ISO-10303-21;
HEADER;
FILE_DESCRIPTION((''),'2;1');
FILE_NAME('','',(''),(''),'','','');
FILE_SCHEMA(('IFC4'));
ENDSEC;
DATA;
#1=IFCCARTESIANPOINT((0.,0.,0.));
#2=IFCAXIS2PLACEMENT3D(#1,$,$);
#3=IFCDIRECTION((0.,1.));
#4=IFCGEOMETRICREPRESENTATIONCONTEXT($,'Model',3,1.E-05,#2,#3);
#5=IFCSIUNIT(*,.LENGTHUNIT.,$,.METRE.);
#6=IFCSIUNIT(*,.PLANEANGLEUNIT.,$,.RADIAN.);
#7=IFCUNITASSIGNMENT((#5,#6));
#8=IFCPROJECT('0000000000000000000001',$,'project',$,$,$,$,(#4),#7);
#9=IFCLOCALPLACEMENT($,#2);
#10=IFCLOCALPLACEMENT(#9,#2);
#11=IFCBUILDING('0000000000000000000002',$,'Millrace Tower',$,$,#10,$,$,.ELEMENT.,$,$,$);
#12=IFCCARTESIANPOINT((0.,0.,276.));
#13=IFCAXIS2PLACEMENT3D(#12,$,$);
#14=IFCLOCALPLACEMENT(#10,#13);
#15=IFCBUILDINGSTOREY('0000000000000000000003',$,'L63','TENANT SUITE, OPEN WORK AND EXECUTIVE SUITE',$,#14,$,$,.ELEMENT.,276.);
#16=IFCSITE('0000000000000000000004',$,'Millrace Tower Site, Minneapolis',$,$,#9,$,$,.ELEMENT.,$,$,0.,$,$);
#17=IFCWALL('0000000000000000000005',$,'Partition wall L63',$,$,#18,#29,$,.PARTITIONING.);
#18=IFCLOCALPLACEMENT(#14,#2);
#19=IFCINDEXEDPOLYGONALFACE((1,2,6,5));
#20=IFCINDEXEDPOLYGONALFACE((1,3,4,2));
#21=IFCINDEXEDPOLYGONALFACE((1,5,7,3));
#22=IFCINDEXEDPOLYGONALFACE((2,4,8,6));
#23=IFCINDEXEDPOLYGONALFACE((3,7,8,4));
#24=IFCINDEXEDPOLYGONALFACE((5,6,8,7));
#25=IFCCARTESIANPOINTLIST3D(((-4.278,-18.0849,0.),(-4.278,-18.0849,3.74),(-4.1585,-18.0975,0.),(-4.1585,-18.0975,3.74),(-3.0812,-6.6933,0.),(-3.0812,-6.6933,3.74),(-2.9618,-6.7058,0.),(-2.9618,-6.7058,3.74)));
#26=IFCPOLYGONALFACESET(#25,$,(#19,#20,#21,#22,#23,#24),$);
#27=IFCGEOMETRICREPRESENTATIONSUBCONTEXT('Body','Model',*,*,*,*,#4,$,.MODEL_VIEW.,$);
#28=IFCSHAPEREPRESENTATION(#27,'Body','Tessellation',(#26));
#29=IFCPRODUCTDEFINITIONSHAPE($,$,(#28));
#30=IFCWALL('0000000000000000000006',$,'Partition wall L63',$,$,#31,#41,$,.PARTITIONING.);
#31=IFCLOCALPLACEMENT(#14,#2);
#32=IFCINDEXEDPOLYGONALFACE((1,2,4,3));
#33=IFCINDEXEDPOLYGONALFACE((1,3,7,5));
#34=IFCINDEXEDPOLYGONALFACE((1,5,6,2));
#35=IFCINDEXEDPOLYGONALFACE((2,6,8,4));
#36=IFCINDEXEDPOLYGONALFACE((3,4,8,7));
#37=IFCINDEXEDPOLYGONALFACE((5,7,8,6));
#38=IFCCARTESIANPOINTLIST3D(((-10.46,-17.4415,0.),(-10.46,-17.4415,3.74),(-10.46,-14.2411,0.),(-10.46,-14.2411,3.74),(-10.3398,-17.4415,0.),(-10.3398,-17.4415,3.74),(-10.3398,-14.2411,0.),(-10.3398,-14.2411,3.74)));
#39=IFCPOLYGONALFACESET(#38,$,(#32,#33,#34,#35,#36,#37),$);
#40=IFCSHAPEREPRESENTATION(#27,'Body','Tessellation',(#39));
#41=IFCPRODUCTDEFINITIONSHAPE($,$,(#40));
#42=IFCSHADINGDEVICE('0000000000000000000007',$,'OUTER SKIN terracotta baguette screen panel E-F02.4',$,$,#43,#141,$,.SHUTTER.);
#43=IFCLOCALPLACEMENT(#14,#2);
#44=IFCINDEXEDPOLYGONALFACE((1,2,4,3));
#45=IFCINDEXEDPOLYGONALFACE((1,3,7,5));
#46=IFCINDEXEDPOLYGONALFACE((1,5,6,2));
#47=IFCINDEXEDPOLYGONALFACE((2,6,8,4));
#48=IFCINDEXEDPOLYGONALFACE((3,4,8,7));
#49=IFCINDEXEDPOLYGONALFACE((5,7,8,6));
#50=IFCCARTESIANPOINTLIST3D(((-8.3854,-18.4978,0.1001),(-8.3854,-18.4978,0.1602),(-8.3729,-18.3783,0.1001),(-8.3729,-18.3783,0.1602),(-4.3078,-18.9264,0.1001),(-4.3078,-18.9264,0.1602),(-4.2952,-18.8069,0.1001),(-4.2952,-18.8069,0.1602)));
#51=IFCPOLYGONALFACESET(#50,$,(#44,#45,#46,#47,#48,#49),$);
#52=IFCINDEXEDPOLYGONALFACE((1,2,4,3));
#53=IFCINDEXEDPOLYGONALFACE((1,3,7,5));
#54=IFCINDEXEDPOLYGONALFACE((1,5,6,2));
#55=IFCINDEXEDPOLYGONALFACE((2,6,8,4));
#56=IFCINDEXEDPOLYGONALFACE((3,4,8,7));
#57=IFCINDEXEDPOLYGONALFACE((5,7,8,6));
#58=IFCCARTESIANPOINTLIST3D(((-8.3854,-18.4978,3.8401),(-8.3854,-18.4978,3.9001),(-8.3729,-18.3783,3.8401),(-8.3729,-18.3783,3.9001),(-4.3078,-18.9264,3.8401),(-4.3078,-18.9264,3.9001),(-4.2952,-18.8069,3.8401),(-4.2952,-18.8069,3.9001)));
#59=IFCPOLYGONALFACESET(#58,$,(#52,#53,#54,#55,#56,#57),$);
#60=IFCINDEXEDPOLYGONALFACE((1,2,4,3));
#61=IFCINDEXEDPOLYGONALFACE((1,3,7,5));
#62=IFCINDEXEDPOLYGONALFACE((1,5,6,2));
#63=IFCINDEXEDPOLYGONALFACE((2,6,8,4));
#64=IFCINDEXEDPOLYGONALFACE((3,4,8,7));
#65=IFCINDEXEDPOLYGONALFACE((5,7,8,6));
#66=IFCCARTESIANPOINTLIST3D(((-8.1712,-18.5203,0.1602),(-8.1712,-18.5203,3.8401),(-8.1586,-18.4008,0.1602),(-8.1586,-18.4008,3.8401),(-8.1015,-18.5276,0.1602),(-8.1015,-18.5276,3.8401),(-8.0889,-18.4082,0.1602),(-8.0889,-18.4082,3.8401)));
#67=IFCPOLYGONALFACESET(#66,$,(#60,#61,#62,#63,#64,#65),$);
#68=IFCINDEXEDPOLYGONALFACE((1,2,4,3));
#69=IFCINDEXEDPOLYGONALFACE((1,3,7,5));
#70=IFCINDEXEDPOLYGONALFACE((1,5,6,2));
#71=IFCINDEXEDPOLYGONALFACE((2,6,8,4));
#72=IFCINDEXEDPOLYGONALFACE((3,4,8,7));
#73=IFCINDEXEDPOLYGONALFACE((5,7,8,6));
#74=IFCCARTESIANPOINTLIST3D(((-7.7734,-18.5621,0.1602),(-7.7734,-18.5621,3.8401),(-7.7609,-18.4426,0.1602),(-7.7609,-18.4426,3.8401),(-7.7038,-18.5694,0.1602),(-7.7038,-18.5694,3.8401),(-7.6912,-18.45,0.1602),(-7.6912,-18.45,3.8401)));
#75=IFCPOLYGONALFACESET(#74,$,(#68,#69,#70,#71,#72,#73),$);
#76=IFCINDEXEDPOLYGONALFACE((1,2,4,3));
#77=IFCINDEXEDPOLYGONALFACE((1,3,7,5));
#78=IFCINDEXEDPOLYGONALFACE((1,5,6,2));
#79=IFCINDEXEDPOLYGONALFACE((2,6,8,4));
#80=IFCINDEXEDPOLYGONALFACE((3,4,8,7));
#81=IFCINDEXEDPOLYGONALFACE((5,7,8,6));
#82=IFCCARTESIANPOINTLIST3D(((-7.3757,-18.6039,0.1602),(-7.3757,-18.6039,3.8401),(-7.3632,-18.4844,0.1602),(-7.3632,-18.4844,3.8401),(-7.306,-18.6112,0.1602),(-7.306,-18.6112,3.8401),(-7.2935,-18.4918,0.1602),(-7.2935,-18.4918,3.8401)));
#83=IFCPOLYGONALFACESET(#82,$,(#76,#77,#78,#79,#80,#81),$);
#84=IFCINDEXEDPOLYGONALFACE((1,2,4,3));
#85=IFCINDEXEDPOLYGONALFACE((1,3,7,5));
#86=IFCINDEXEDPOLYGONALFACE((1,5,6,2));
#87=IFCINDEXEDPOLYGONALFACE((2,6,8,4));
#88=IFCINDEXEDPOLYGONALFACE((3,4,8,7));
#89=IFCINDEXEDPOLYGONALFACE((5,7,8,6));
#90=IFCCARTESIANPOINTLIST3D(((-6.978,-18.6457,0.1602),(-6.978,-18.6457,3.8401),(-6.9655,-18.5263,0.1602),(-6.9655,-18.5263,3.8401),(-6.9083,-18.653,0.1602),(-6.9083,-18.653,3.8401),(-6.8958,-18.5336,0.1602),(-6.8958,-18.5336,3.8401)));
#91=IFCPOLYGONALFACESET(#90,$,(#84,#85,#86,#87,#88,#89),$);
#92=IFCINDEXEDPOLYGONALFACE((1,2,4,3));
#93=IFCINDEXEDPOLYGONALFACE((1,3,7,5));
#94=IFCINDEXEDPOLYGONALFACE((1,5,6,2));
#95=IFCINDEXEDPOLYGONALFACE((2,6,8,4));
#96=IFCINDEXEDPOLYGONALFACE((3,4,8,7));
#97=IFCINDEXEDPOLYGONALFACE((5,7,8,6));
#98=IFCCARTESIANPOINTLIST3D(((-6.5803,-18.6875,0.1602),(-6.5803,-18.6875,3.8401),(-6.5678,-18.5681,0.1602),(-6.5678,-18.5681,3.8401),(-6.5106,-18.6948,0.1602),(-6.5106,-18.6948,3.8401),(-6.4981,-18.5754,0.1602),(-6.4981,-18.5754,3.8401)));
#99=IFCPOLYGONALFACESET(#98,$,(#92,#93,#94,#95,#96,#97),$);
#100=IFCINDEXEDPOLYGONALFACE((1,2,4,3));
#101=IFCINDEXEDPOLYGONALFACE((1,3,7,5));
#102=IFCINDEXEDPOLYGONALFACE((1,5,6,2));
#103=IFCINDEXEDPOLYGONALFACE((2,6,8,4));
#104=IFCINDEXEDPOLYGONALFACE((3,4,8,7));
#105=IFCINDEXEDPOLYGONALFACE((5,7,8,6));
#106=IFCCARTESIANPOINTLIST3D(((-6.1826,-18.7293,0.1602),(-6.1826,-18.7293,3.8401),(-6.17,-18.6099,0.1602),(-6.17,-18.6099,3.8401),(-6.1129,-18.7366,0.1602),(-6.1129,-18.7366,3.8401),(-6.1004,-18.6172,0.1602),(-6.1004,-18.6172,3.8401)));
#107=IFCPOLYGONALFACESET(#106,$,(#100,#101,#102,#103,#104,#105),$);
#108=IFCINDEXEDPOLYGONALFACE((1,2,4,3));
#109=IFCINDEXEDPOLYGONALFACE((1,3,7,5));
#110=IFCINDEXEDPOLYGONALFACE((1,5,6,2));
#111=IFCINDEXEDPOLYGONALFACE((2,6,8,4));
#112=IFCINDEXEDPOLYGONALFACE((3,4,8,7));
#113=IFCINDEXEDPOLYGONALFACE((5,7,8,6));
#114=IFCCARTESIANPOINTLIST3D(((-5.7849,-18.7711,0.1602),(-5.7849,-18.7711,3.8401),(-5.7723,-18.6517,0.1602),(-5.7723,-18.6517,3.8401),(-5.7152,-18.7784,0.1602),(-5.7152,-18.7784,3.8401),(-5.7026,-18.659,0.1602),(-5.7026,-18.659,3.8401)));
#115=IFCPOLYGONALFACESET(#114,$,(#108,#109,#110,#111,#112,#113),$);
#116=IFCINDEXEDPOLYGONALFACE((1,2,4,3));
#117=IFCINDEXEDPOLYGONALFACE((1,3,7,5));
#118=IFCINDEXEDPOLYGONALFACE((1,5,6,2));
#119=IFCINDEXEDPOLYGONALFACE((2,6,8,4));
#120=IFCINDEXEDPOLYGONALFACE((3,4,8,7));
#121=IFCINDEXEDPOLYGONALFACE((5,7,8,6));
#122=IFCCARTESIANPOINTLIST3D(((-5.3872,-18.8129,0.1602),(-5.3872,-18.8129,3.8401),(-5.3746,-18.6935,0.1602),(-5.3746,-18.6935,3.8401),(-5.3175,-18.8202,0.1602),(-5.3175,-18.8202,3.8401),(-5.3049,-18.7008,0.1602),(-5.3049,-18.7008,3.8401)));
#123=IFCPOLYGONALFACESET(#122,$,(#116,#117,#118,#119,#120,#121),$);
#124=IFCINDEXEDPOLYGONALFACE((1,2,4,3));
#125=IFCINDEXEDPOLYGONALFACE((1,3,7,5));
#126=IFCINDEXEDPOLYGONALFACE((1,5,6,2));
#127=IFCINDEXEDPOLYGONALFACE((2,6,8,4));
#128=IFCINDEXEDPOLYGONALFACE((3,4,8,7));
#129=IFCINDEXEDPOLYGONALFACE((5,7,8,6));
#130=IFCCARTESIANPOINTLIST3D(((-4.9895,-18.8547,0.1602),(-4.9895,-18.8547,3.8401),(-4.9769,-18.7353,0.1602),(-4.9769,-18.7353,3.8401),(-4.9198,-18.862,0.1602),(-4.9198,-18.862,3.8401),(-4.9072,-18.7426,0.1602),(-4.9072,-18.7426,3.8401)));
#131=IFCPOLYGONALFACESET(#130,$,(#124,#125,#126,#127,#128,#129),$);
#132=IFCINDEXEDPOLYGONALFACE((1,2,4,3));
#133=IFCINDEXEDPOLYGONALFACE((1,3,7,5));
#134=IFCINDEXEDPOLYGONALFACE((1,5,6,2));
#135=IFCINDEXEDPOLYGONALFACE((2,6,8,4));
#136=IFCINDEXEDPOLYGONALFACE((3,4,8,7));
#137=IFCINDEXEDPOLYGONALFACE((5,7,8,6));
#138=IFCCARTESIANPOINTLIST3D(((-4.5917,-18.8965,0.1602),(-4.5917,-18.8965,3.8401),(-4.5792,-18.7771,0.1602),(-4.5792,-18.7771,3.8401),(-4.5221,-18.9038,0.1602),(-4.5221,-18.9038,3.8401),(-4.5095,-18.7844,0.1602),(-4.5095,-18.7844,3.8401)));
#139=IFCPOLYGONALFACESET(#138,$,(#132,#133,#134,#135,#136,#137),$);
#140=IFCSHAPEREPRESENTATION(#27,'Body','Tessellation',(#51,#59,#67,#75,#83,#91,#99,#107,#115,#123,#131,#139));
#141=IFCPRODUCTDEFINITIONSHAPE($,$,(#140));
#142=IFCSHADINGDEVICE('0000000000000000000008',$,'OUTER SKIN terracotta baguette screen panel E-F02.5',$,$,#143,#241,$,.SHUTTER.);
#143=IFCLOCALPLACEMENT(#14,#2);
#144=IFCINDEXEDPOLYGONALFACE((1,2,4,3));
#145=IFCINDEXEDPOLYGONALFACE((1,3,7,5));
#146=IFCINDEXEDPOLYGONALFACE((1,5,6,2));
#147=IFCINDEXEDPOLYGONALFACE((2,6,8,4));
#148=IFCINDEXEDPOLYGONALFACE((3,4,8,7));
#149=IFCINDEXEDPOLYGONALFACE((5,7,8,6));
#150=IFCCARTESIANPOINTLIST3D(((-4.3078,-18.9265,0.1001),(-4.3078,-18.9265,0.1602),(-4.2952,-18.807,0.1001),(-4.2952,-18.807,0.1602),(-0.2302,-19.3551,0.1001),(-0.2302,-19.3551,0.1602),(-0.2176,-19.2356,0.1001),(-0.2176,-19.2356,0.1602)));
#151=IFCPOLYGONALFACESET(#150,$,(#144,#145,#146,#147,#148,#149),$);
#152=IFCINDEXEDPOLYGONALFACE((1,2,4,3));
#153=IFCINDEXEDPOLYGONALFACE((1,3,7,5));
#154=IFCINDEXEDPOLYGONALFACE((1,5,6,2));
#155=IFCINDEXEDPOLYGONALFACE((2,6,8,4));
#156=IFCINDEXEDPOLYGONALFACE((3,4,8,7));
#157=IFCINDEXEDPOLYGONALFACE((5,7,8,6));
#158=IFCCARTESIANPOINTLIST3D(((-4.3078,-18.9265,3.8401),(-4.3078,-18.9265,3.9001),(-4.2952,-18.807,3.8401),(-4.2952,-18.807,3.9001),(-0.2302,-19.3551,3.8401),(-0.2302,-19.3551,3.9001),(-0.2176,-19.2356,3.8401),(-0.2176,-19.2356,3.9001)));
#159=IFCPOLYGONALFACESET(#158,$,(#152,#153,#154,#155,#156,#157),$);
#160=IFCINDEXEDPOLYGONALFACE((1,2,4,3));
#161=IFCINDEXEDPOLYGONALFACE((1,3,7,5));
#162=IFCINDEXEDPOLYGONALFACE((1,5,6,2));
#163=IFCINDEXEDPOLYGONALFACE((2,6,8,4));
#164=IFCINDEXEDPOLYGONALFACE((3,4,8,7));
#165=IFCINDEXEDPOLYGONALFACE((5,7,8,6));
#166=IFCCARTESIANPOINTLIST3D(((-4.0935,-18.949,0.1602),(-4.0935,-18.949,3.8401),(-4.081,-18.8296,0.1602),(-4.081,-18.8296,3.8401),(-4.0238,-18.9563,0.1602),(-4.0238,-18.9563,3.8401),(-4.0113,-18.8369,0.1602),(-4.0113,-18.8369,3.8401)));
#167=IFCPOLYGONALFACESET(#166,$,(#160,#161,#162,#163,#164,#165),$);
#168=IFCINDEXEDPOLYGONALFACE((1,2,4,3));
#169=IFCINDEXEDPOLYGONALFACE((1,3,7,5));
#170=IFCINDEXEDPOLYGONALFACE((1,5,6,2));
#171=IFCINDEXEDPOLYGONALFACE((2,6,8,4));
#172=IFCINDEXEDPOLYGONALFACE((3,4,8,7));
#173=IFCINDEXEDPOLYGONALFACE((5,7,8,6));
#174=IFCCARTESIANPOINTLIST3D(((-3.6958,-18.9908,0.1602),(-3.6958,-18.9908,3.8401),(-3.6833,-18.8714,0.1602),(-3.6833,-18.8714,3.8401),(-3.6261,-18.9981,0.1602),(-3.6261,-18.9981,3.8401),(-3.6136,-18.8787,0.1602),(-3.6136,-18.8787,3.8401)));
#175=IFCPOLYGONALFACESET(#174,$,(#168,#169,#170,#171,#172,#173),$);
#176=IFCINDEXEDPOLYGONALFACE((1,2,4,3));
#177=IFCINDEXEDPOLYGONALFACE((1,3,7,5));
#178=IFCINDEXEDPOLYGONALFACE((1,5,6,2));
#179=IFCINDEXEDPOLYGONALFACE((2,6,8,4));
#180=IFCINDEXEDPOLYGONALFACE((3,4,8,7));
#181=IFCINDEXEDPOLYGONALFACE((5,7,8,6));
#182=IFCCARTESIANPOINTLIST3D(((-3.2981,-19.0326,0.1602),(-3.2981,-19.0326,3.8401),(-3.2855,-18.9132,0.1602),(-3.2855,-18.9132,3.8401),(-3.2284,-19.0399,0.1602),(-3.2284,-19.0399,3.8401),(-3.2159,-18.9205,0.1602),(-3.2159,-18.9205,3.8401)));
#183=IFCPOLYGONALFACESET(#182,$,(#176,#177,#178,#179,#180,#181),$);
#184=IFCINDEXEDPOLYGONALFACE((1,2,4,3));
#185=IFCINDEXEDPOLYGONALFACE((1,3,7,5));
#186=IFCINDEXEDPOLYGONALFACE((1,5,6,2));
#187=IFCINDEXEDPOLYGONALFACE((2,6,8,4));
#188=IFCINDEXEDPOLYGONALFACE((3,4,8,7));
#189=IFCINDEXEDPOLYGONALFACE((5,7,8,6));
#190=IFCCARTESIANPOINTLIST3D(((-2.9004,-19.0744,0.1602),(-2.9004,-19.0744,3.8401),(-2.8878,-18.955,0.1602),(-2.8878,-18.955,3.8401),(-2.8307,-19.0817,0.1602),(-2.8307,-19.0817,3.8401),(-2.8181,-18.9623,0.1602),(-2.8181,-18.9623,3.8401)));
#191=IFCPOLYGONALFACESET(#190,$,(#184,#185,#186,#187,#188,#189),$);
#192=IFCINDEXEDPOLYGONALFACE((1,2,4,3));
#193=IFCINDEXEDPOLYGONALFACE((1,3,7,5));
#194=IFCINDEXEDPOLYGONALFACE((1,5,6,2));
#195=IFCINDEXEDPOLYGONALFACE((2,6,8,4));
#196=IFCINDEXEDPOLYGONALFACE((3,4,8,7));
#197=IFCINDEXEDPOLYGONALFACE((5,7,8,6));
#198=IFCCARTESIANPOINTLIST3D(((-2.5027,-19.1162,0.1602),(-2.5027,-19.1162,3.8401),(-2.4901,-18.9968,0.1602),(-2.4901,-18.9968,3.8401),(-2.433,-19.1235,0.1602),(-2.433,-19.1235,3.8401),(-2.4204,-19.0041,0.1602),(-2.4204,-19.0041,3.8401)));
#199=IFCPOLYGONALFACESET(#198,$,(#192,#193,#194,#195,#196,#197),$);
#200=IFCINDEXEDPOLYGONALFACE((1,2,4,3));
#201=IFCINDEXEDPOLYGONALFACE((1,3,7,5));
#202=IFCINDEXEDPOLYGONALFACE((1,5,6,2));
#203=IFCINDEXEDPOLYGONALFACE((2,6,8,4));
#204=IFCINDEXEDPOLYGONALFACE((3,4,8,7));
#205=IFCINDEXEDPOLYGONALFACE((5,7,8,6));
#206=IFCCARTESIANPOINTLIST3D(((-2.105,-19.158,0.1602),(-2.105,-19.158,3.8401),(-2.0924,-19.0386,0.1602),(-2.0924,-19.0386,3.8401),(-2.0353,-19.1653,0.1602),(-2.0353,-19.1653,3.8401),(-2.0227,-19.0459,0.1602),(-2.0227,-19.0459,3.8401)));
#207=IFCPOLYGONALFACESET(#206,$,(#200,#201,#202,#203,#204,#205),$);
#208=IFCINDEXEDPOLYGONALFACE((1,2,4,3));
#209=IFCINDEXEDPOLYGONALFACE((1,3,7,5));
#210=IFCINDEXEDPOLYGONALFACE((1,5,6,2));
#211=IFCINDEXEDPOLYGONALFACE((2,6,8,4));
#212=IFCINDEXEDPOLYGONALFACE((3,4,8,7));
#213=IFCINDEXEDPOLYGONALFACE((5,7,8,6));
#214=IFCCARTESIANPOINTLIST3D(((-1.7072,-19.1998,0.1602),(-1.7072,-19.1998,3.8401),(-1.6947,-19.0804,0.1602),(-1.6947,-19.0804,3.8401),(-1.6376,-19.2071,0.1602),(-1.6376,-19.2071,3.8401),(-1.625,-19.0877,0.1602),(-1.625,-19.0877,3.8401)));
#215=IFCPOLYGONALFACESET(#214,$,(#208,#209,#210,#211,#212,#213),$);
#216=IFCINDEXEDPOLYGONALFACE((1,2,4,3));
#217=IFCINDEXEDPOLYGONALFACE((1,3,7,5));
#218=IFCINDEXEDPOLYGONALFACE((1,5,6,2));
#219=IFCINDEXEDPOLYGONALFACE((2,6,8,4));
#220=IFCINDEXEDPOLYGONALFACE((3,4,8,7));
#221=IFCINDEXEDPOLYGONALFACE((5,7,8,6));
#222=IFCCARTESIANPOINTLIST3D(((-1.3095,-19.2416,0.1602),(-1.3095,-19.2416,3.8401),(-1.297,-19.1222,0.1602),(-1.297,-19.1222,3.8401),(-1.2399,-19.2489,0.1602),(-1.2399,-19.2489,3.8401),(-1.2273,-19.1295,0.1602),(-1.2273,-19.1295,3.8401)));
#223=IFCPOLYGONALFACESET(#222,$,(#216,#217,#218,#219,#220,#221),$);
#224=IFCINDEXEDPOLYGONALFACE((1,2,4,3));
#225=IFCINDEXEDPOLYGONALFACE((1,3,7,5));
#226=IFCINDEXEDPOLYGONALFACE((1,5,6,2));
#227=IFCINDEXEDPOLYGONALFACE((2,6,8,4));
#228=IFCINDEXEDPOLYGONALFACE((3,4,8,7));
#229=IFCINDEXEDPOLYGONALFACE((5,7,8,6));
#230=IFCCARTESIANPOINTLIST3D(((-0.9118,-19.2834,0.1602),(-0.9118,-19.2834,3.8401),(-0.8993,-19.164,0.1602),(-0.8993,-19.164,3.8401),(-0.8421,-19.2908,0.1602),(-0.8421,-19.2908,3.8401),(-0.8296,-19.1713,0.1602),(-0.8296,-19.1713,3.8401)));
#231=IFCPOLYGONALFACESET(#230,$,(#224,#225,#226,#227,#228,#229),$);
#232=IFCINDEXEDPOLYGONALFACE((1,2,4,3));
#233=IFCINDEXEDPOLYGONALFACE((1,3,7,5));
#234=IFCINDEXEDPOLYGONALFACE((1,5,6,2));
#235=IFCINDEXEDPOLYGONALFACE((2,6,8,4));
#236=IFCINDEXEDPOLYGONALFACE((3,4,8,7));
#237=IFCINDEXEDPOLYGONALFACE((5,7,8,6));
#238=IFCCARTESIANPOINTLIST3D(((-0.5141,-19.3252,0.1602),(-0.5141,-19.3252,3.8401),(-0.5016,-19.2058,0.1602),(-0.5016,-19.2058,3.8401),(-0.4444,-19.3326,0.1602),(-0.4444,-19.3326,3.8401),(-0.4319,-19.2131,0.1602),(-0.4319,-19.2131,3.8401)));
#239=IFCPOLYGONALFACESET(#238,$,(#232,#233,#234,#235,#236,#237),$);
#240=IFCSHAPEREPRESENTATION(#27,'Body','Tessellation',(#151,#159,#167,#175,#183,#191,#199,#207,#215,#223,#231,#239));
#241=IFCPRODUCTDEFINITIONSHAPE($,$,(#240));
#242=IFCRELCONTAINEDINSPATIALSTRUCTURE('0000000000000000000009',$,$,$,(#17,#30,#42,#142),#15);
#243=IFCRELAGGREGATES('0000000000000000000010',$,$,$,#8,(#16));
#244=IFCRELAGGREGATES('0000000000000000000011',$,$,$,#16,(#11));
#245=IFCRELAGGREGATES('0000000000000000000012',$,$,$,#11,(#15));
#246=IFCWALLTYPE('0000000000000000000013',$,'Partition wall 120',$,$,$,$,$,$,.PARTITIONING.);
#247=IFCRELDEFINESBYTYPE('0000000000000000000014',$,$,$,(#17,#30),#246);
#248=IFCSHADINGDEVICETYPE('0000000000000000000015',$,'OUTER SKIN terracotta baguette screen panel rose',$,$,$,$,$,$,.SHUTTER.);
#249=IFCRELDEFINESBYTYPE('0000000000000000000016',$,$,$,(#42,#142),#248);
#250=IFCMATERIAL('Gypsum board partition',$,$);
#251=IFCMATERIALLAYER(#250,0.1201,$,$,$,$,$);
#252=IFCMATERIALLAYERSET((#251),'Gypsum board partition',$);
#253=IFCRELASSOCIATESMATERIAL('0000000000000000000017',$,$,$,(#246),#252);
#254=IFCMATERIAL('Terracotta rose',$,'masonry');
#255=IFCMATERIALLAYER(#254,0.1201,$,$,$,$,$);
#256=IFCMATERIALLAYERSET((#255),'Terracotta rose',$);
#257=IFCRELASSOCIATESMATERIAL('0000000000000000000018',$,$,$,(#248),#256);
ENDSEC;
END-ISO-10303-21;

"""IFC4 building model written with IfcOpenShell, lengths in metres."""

from ifc_helpers import new_model, entity, si_unit, direction, frame, frame_2d, origin, place, context, subcontext, project, spatial, rectangle, extrude, source, transform, mapped, material, layer, layer_set, type_object, element, save


model = new_model("IFC4")

# Units and contexts
model_context = context("Model", 3, precision=1e-05, world=origin(), true_north=direction((0.0, 1.0)))
body_context = subcontext(model_context, "Body", "Model", "MODEL_VIEW")
ifc_project = project(units=[si_unit("LENGTHUNIT", "METRE"), si_unit("PLANEANGLEUNIT", "RADIAN")], contexts=[model_context])

# Site, building, storey
site_placement = place(None, origin())
site = spatial("IfcSite", under=ifc_project, at=site_placement, Name="Millrace Tower Site, Minneapolis", CompositionType="ELEMENT", RefElevation=0.0)
building_placement = place(site_placement, origin())
building = spatial("IfcBuilding", under=site, at=building_placement, Name="Millrace Tower", CompositionType="ELEMENT")
storey_placement = place(building_placement, frame((0.0, 0.0, 276.0)))
storey = spatial("IfcBuildingStorey", under=building, at=storey_placement, Name="L63", Description="TENANT SUITE, OPEN WORK AND EXECUTIVE SUITE", CompositionType="ELEMENT", Elevation=276.0)

# Walls
ifc_material_1 = material(Name="Gypsum board partition")
ifc_layer_1 = layer(ifc_material_1, 0.1201)
ifc_layer_set_1 = layer_set([ifc_layer_1], Name="Gypsum board partition")
wall_type_1 = type_object("IfcWallType", Name="Partition wall 120", PredefinedType="PARTITIONING", material=ifc_layer_set_1)
wall_1_placement = place(storey_placement, frame((-4.2183, -18.0911, 0.0), z_axis=(0.0, 0.0, 1.0), x_axis=(0.104483, 0.994527, 0.0)))
element("IfcWall", 1, at=wall_1_placement, inside=storey, type_object=wall_type_1, Name="Partition wall L63", PredefinedType="PARTITIONING", context=body_context, shape_type="SweptSolid", body=[
    extrude(rectangle(XDim=11.4543, YDim=0.1201, at=frame_2d((5.7271, 0.0))), origin(), (0.0, 0.0, 1.0), 3.74),
])
wall_2_placement = place(storey_placement, frame((-10.3999, -17.4414, 0.0), z_axis=(0.0, 0.0, 1.0), x_axis=(0.0, 1.0, 0.0)))
element("IfcWall", 2, at=wall_2_placement, inside=storey, type_object=wall_type_1, Name="Partition wall L63", PredefinedType="PARTITIONING", context=body_context, shape_type="SweptSolid", body=[
    extrude(rectangle(XDim=3.2004, YDim=0.1201, at=frame_2d((1.6001, 0.0))), origin(), (0.0, 0.0, 1.0), 3.74),
])

# Shading devices
ifc_material_2 = material(Name="Terracotta rose", Category="masonry")
ifc_layer_2 = layer(ifc_material_2, 0.1201)
ifc_layer_set_2 = layer_set([ifc_layer_2], Name="Terracotta rose")
shading_device_type = type_object("IfcShadingDeviceType", Name="OUTER SKIN terracotta baguette screen panel rose", PredefinedType="SHUTTER", material=ifc_layer_set_2)
cartesian_point = entity("IfcCartesianPoint", [-2.05, 0.0601])
shared_polyline = entity("IfcPolyline", [cartesian_point, entity("IfcCartesianPoint", [2.05, 0.0601]), entity("IfcCartesianPoint", [2.05, -0.0601]), entity("IfcCartesianPoint", [-2.05, -0.0601]), cartesian_point])
shared_shape = source(origin(), body_context, "Body", "SweptSolid", [
    entity("IfcExtrudedAreaSolid", entity("IfcArbitraryClosedProfileDef", "AREA", None, shared_polyline), entity("IfcAxis2Placement3D", entity("IfcCartesianPoint", [0.0, 0.0, 0.0])), entity("IfcDirection", [0.0, 0.0, 1.0]), 0.0601),
    entity("IfcExtrudedAreaSolid", entity("IfcArbitraryClosedProfileDef", "AREA", None, shared_polyline), entity("IfcAxis2Placement3D", entity("IfcCartesianPoint", [0.0, 0.0, 3.74])), entity("IfcDirection", [0.0, 0.0, 1.0]), 0.0601),
    extrude(rectangle(XDim=0.0701, YDim=0.1201, at=frame_2d((-1.7996, 0.0))), frame((0.0, 0.0, 0.0601)), (0.0, 0.0, 1.0), 3.6799),
    extrude(rectangle(XDim=0.0701, YDim=0.1201, at=frame_2d((-1.3997, 0.0))), frame((0.0, 0.0, 0.0601)), (0.0, 0.0, 1.0), 3.6799),
    extrude(rectangle(XDim=0.0701, YDim=0.1201, at=frame_2d((-0.9998, 0.0))), frame((0.0, 0.0, 0.0601)), (0.0, 0.0, 1.0), 3.6799),
    extrude(rectangle(XDim=0.0701, YDim=0.1201, at=frame_2d((-0.5999, 0.0))), frame((0.0, 0.0, 0.0601)), (0.0, 0.0, 1.0), 3.6799),
    extrude(rectangle(XDim=0.0701, YDim=0.1201, at=frame_2d((-0.2, 0.0))), frame((0.0, 0.0, 0.0601)), (0.0, 0.0, 1.0), 3.6799),
    extrude(rectangle(XDim=0.0701, YDim=0.1201, at=frame_2d((0.2, 0.0))), frame((0.0, 0.0, 0.0601)), (0.0, 0.0, 1.0), 3.6799),
    extrude(rectangle(XDim=0.0701, YDim=0.1201, at=frame_2d((0.5999, 0.0))), frame((0.0, 0.0, 0.0601)), (0.0, 0.0, 1.0), 3.6799),
    extrude(rectangle(XDim=0.0701, YDim=0.1201, at=frame_2d((0.9998, 0.0))), frame((0.0, 0.0, 0.0601)), (0.0, 0.0, 1.0), 3.6799),
    extrude(rectangle(XDim=0.0701, YDim=0.1201, at=frame_2d((1.3997, 0.0))), frame((0.0, 0.0, 0.0601)), (0.0, 0.0, 1.0), 3.6799),
    extrude(rectangle(XDim=0.0701, YDim=0.1201, at=frame_2d((1.7996, 0.0))), frame((0.0, 0.0, 0.0601)), (0.0, 0.0, 1.0), 3.6799),
])
for number, where, z_axis, x_axis, name in (
    (3, (-6.3403, -18.6523, 0.1001), (0.0, 0.0, 1.0), (0.994522, -0.104528, 0.0), "OUTER SKIN terracotta baguette screen panel E-F02.4"),
    (4, (-2.2627, -19.0811, 0.1001), (0.0, 0.0, 1.0), (0.994522, -0.104528, 0.0), "OUTER SKIN terracotta baguette screen panel E-F02.5"),
):
    element("IfcShadingDevice", number, at=place(storey_placement, frame(where, z_axis=z_axis, x_axis=x_axis)), inside=storey, type_object=shading_device_type, Name=name, PredefinedType="SHUTTER", context=body_context, shape_type="MappedRepresentation", body=[
        mapped(shared_shape, transform((0.0, 0.0, 0.0), scale=1.0)),
    ])

save(model, "model.ifc")
